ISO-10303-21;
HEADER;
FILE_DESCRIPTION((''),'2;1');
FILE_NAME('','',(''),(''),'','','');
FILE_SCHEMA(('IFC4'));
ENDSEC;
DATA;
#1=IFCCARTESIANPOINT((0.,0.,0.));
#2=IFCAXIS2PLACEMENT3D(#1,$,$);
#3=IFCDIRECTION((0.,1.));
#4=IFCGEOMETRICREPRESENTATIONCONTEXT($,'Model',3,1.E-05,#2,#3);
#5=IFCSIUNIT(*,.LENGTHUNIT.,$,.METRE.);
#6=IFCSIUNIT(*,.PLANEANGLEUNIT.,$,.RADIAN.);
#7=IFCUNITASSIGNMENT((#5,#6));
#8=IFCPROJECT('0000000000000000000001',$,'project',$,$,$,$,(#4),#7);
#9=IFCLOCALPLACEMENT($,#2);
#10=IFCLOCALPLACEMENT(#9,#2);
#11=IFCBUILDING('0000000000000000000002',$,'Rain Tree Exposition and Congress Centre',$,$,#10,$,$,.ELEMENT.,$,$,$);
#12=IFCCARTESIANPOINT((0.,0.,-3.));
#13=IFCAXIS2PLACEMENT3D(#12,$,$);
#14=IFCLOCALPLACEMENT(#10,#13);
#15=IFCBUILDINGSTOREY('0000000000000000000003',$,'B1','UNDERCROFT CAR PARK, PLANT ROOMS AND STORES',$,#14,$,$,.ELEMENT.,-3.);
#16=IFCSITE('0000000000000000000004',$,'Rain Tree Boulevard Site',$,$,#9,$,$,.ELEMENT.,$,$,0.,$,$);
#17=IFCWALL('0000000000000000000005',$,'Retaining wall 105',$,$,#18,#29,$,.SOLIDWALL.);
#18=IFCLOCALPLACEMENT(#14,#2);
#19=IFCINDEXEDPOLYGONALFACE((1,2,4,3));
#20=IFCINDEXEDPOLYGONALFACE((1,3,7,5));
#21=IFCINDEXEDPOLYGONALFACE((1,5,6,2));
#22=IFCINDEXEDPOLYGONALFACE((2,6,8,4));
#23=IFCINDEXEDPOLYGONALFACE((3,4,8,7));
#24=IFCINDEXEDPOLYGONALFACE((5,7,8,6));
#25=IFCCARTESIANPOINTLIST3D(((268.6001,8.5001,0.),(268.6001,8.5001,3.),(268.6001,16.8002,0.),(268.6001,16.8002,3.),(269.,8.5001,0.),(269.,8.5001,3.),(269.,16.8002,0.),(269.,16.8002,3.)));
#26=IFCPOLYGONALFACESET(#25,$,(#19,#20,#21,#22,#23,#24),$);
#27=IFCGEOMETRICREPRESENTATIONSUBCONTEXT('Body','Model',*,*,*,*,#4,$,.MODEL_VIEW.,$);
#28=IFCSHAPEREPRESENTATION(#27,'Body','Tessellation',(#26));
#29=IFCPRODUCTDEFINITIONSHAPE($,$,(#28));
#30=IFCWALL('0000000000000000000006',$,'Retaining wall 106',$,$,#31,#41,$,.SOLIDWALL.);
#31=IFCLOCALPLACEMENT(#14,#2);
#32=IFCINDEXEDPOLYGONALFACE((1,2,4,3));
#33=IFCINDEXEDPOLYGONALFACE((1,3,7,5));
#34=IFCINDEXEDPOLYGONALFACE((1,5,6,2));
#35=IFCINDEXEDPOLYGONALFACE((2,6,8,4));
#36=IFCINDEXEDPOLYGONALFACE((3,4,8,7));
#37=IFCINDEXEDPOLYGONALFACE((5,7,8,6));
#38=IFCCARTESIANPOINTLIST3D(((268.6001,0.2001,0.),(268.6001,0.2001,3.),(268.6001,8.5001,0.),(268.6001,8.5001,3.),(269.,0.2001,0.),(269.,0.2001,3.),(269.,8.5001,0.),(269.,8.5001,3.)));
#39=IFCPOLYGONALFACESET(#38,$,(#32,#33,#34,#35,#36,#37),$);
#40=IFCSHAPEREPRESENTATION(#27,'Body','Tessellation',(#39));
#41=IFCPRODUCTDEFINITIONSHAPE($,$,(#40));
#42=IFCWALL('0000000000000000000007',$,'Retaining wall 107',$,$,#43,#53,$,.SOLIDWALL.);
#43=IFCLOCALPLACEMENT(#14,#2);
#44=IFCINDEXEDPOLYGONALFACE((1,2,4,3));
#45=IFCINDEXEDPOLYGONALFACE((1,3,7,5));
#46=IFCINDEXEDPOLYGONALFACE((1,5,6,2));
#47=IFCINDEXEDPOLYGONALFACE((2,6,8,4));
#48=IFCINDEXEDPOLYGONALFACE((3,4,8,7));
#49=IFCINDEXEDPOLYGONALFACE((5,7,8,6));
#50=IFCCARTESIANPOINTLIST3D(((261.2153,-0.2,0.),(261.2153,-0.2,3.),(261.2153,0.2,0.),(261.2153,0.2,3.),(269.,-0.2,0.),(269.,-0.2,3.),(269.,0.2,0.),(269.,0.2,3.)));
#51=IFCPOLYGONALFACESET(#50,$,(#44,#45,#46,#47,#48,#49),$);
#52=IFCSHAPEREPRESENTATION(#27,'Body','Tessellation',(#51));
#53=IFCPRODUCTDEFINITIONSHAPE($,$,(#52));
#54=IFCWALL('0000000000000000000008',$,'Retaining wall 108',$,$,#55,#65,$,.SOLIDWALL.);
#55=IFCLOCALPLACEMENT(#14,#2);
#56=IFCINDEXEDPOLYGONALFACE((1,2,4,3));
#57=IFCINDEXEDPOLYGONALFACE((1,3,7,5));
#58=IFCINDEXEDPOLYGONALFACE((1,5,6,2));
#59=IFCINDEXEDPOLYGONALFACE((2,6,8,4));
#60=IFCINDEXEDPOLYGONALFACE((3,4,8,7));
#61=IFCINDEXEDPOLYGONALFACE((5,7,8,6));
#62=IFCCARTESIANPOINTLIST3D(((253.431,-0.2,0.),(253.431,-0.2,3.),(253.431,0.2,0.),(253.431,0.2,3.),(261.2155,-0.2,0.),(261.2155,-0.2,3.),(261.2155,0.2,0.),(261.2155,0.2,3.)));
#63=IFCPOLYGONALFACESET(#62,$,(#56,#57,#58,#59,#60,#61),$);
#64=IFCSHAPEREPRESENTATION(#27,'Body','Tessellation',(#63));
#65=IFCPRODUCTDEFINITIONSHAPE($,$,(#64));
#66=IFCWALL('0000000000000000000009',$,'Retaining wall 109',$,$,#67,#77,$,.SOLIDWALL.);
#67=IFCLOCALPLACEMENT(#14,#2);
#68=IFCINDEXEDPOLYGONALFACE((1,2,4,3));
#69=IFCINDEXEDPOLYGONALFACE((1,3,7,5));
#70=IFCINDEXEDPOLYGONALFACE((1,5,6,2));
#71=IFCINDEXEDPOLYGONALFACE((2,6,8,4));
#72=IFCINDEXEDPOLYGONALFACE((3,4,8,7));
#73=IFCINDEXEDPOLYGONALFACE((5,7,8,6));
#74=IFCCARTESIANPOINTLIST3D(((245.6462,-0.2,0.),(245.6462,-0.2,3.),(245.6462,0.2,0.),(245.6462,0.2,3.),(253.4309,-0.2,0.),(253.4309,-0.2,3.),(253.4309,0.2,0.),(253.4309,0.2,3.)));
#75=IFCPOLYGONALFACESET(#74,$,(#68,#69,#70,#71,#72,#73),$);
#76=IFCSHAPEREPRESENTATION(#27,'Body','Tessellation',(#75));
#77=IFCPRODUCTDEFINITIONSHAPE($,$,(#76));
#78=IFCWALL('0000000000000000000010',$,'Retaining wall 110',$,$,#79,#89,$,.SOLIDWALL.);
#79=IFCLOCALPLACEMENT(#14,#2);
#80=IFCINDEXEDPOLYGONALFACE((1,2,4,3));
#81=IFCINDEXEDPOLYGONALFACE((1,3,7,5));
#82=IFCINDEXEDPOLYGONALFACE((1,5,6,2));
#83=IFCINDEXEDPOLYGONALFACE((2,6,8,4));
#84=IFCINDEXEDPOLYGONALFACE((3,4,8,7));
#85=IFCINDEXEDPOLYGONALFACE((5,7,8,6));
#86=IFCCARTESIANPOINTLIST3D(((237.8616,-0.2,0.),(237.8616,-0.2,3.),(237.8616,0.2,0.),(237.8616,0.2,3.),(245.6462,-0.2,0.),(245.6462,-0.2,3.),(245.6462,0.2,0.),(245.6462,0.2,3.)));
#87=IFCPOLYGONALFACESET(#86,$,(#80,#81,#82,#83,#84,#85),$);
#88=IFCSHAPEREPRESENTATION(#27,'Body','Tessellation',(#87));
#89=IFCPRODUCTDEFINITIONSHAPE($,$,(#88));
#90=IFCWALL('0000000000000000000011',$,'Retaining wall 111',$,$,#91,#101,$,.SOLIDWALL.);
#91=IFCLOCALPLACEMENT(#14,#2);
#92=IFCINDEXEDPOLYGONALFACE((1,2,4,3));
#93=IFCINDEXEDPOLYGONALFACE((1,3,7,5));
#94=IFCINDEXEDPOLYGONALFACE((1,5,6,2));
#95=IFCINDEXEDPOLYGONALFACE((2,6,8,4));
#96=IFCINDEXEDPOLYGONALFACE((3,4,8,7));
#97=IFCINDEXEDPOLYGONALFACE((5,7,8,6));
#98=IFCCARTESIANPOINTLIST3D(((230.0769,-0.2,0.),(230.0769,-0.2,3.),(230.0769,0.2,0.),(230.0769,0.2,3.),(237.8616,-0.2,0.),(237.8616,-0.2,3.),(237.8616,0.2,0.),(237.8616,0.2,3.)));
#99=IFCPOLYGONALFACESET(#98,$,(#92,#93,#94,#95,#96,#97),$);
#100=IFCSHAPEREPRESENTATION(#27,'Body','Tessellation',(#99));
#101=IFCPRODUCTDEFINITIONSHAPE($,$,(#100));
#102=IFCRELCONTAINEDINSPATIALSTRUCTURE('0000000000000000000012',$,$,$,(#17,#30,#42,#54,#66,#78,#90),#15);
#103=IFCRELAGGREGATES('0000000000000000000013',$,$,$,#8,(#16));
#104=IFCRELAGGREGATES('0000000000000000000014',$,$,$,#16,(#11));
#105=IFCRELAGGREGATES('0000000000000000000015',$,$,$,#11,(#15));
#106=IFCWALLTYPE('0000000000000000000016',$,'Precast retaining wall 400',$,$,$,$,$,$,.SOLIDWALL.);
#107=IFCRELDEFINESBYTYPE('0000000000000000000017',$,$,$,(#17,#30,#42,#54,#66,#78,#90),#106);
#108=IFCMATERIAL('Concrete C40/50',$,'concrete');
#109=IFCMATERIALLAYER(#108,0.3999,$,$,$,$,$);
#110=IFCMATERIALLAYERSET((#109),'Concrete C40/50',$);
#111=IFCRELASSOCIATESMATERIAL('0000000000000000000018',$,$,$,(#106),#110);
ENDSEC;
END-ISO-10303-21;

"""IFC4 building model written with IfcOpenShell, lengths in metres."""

from ifc_helpers import new_model, si_unit, direction, frame, frame_2d, origin, place, context, subcontext, project, spatial, rectangle, extrude, material, layer, layer_set, type_object, element, save


model = new_model("IFC4")

# Units and contexts
model_context = context("Model", 3, precision=1e-05, world=origin(), true_north=direction((0.0, 1.0)))
body_context = subcontext(model_context, "Body", "Model", "MODEL_VIEW")
ifc_project = project(units=[si_unit("LENGTHUNIT", "METRE"), si_unit("PLANEANGLEUNIT", "RADIAN")], contexts=[model_context])

# Site, building, storey
site_placement = place(None, origin())
site = spatial("IfcSite", under=ifc_project, at=site_placement, Name="Rain Tree Boulevard Site", CompositionType="ELEMENT", RefElevation=0.0)
building_placement = place(site_placement, origin())
building = spatial("IfcBuilding", under=site, at=building_placement, Name="Rain Tree Exposition and Congress Centre", CompositionType="ELEMENT")
storey_placement = place(building_placement, frame((0.0, 0.0, -3.0)))
storey = spatial("IfcBuildingStorey", under=building, at=storey_placement, Name="B1", Description="UNDERCROFT CAR PARK, PLANT ROOMS AND STORES", CompositionType="ELEMENT", Elevation=-3.0)

# Walls
ifc_material_1 = material(Name="Concrete C40/50", Category="concrete")
ifc_layer = layer(ifc_material_1, 0.3999)
ifc_layer_set = layer_set([ifc_layer], Name="Concrete C40/50")
wall_type = type_object("IfcWallType", Name="Precast retaining wall 400", PredefinedType="SOLIDWALL", material=ifc_layer_set)
for number, where, z_axis, x_axis, name in (
    (1, (268.8, 16.8, 0.0), (0.0, 0.0, 1.0), (0.0, -1.0, 0.0), "Retaining wall 105"),
    (2, (268.8, 8.5, 0.0), (0.0, 0.0, 1.0), (0.0, -1.0, 0.0), "Retaining wall 106"),
):
    element("IfcWall", number, at=place(storey_placement, frame(where, z_axis=z_axis, x_axis=x_axis)), inside=storey, type_object=wall_type, Name=name, PredefinedType="SOLIDWALL", context=body_context, shape_type="SweptSolid", body=[
        extrude(rectangle(XDim=8.3, YDim=0.3999, at=frame_2d((4.1499, 0.0))), origin(), (0.0, 0.0, 1.0), 3.0),
    ])
wall_1_placement = place(storey_placement, frame((269.0, 0.0, 0.0), z_axis=(0.0, 0.0, 1.0), x_axis=(-1.0, 0.0, 0.0)))
element("IfcWall", 3, at=wall_1_placement, inside=storey, type_object=wall_type, Name="Retaining wall 107", PredefinedType="SOLIDWALL", context=body_context, shape_type="SweptSolid", body=[
    extrude(rectangle(XDim=7.7847, YDim=0.3999, at=frame_2d((3.8923, 0.0))), origin(), (0.0, 0.0, 1.0), 3.0),
])
wall_2_placement = place(storey_placement, frame((261.2153, 0.0, 0.0), z_axis=(0.0, 0.0, 1.0), x_axis=(-1.0, 0.0, 0.0)))
element("IfcWall", 4, at=wall_2_placement, inside=storey, type_object=wall_type, Name="Retaining wall 108", PredefinedType="SOLIDWALL", context=body_context, shape_type="SweptSolid", body=[
    extrude(rectangle(XDim=7.7844, YDim=0.3999, at=frame_2d((3.8921, 0.0))), origin(), (0.0, 0.0, 1.0), 3.0),
])
for number, where, z_axis, x_axis, name in (
    (5, (253.4309, 0.0, 0.0), (0.0, 0.0, 1.0), (-1.0, 0.0, 0.0), "Retaining wall 109"),
    (6, (245.6462, 0.0, 0.0), (0.0, 0.0, 1.0), (-1.0, 0.0, 0.0), "Retaining wall 110"),
    (7, (237.8616, 0.0, 0.0), (0.0, 0.0, 1.0), (-1.0, 0.0, 0.0), "Retaining wall 111"),
):
    element("IfcWall", number, at=place(storey_placement, frame(where, z_axis=z_axis, x_axis=x_axis)), inside=storey, type_object=wall_type, Name=name, PredefinedType="SOLIDWALL", context=body_context, shape_type="SweptSolid", body=[
        extrude(rectangle(XDim=7.7847, YDim=0.3999, at=frame_2d((3.8923, 0.0))), origin(), (0.0, 0.0, 1.0), 3.0),
    ])

save(model, "model.ifc")
